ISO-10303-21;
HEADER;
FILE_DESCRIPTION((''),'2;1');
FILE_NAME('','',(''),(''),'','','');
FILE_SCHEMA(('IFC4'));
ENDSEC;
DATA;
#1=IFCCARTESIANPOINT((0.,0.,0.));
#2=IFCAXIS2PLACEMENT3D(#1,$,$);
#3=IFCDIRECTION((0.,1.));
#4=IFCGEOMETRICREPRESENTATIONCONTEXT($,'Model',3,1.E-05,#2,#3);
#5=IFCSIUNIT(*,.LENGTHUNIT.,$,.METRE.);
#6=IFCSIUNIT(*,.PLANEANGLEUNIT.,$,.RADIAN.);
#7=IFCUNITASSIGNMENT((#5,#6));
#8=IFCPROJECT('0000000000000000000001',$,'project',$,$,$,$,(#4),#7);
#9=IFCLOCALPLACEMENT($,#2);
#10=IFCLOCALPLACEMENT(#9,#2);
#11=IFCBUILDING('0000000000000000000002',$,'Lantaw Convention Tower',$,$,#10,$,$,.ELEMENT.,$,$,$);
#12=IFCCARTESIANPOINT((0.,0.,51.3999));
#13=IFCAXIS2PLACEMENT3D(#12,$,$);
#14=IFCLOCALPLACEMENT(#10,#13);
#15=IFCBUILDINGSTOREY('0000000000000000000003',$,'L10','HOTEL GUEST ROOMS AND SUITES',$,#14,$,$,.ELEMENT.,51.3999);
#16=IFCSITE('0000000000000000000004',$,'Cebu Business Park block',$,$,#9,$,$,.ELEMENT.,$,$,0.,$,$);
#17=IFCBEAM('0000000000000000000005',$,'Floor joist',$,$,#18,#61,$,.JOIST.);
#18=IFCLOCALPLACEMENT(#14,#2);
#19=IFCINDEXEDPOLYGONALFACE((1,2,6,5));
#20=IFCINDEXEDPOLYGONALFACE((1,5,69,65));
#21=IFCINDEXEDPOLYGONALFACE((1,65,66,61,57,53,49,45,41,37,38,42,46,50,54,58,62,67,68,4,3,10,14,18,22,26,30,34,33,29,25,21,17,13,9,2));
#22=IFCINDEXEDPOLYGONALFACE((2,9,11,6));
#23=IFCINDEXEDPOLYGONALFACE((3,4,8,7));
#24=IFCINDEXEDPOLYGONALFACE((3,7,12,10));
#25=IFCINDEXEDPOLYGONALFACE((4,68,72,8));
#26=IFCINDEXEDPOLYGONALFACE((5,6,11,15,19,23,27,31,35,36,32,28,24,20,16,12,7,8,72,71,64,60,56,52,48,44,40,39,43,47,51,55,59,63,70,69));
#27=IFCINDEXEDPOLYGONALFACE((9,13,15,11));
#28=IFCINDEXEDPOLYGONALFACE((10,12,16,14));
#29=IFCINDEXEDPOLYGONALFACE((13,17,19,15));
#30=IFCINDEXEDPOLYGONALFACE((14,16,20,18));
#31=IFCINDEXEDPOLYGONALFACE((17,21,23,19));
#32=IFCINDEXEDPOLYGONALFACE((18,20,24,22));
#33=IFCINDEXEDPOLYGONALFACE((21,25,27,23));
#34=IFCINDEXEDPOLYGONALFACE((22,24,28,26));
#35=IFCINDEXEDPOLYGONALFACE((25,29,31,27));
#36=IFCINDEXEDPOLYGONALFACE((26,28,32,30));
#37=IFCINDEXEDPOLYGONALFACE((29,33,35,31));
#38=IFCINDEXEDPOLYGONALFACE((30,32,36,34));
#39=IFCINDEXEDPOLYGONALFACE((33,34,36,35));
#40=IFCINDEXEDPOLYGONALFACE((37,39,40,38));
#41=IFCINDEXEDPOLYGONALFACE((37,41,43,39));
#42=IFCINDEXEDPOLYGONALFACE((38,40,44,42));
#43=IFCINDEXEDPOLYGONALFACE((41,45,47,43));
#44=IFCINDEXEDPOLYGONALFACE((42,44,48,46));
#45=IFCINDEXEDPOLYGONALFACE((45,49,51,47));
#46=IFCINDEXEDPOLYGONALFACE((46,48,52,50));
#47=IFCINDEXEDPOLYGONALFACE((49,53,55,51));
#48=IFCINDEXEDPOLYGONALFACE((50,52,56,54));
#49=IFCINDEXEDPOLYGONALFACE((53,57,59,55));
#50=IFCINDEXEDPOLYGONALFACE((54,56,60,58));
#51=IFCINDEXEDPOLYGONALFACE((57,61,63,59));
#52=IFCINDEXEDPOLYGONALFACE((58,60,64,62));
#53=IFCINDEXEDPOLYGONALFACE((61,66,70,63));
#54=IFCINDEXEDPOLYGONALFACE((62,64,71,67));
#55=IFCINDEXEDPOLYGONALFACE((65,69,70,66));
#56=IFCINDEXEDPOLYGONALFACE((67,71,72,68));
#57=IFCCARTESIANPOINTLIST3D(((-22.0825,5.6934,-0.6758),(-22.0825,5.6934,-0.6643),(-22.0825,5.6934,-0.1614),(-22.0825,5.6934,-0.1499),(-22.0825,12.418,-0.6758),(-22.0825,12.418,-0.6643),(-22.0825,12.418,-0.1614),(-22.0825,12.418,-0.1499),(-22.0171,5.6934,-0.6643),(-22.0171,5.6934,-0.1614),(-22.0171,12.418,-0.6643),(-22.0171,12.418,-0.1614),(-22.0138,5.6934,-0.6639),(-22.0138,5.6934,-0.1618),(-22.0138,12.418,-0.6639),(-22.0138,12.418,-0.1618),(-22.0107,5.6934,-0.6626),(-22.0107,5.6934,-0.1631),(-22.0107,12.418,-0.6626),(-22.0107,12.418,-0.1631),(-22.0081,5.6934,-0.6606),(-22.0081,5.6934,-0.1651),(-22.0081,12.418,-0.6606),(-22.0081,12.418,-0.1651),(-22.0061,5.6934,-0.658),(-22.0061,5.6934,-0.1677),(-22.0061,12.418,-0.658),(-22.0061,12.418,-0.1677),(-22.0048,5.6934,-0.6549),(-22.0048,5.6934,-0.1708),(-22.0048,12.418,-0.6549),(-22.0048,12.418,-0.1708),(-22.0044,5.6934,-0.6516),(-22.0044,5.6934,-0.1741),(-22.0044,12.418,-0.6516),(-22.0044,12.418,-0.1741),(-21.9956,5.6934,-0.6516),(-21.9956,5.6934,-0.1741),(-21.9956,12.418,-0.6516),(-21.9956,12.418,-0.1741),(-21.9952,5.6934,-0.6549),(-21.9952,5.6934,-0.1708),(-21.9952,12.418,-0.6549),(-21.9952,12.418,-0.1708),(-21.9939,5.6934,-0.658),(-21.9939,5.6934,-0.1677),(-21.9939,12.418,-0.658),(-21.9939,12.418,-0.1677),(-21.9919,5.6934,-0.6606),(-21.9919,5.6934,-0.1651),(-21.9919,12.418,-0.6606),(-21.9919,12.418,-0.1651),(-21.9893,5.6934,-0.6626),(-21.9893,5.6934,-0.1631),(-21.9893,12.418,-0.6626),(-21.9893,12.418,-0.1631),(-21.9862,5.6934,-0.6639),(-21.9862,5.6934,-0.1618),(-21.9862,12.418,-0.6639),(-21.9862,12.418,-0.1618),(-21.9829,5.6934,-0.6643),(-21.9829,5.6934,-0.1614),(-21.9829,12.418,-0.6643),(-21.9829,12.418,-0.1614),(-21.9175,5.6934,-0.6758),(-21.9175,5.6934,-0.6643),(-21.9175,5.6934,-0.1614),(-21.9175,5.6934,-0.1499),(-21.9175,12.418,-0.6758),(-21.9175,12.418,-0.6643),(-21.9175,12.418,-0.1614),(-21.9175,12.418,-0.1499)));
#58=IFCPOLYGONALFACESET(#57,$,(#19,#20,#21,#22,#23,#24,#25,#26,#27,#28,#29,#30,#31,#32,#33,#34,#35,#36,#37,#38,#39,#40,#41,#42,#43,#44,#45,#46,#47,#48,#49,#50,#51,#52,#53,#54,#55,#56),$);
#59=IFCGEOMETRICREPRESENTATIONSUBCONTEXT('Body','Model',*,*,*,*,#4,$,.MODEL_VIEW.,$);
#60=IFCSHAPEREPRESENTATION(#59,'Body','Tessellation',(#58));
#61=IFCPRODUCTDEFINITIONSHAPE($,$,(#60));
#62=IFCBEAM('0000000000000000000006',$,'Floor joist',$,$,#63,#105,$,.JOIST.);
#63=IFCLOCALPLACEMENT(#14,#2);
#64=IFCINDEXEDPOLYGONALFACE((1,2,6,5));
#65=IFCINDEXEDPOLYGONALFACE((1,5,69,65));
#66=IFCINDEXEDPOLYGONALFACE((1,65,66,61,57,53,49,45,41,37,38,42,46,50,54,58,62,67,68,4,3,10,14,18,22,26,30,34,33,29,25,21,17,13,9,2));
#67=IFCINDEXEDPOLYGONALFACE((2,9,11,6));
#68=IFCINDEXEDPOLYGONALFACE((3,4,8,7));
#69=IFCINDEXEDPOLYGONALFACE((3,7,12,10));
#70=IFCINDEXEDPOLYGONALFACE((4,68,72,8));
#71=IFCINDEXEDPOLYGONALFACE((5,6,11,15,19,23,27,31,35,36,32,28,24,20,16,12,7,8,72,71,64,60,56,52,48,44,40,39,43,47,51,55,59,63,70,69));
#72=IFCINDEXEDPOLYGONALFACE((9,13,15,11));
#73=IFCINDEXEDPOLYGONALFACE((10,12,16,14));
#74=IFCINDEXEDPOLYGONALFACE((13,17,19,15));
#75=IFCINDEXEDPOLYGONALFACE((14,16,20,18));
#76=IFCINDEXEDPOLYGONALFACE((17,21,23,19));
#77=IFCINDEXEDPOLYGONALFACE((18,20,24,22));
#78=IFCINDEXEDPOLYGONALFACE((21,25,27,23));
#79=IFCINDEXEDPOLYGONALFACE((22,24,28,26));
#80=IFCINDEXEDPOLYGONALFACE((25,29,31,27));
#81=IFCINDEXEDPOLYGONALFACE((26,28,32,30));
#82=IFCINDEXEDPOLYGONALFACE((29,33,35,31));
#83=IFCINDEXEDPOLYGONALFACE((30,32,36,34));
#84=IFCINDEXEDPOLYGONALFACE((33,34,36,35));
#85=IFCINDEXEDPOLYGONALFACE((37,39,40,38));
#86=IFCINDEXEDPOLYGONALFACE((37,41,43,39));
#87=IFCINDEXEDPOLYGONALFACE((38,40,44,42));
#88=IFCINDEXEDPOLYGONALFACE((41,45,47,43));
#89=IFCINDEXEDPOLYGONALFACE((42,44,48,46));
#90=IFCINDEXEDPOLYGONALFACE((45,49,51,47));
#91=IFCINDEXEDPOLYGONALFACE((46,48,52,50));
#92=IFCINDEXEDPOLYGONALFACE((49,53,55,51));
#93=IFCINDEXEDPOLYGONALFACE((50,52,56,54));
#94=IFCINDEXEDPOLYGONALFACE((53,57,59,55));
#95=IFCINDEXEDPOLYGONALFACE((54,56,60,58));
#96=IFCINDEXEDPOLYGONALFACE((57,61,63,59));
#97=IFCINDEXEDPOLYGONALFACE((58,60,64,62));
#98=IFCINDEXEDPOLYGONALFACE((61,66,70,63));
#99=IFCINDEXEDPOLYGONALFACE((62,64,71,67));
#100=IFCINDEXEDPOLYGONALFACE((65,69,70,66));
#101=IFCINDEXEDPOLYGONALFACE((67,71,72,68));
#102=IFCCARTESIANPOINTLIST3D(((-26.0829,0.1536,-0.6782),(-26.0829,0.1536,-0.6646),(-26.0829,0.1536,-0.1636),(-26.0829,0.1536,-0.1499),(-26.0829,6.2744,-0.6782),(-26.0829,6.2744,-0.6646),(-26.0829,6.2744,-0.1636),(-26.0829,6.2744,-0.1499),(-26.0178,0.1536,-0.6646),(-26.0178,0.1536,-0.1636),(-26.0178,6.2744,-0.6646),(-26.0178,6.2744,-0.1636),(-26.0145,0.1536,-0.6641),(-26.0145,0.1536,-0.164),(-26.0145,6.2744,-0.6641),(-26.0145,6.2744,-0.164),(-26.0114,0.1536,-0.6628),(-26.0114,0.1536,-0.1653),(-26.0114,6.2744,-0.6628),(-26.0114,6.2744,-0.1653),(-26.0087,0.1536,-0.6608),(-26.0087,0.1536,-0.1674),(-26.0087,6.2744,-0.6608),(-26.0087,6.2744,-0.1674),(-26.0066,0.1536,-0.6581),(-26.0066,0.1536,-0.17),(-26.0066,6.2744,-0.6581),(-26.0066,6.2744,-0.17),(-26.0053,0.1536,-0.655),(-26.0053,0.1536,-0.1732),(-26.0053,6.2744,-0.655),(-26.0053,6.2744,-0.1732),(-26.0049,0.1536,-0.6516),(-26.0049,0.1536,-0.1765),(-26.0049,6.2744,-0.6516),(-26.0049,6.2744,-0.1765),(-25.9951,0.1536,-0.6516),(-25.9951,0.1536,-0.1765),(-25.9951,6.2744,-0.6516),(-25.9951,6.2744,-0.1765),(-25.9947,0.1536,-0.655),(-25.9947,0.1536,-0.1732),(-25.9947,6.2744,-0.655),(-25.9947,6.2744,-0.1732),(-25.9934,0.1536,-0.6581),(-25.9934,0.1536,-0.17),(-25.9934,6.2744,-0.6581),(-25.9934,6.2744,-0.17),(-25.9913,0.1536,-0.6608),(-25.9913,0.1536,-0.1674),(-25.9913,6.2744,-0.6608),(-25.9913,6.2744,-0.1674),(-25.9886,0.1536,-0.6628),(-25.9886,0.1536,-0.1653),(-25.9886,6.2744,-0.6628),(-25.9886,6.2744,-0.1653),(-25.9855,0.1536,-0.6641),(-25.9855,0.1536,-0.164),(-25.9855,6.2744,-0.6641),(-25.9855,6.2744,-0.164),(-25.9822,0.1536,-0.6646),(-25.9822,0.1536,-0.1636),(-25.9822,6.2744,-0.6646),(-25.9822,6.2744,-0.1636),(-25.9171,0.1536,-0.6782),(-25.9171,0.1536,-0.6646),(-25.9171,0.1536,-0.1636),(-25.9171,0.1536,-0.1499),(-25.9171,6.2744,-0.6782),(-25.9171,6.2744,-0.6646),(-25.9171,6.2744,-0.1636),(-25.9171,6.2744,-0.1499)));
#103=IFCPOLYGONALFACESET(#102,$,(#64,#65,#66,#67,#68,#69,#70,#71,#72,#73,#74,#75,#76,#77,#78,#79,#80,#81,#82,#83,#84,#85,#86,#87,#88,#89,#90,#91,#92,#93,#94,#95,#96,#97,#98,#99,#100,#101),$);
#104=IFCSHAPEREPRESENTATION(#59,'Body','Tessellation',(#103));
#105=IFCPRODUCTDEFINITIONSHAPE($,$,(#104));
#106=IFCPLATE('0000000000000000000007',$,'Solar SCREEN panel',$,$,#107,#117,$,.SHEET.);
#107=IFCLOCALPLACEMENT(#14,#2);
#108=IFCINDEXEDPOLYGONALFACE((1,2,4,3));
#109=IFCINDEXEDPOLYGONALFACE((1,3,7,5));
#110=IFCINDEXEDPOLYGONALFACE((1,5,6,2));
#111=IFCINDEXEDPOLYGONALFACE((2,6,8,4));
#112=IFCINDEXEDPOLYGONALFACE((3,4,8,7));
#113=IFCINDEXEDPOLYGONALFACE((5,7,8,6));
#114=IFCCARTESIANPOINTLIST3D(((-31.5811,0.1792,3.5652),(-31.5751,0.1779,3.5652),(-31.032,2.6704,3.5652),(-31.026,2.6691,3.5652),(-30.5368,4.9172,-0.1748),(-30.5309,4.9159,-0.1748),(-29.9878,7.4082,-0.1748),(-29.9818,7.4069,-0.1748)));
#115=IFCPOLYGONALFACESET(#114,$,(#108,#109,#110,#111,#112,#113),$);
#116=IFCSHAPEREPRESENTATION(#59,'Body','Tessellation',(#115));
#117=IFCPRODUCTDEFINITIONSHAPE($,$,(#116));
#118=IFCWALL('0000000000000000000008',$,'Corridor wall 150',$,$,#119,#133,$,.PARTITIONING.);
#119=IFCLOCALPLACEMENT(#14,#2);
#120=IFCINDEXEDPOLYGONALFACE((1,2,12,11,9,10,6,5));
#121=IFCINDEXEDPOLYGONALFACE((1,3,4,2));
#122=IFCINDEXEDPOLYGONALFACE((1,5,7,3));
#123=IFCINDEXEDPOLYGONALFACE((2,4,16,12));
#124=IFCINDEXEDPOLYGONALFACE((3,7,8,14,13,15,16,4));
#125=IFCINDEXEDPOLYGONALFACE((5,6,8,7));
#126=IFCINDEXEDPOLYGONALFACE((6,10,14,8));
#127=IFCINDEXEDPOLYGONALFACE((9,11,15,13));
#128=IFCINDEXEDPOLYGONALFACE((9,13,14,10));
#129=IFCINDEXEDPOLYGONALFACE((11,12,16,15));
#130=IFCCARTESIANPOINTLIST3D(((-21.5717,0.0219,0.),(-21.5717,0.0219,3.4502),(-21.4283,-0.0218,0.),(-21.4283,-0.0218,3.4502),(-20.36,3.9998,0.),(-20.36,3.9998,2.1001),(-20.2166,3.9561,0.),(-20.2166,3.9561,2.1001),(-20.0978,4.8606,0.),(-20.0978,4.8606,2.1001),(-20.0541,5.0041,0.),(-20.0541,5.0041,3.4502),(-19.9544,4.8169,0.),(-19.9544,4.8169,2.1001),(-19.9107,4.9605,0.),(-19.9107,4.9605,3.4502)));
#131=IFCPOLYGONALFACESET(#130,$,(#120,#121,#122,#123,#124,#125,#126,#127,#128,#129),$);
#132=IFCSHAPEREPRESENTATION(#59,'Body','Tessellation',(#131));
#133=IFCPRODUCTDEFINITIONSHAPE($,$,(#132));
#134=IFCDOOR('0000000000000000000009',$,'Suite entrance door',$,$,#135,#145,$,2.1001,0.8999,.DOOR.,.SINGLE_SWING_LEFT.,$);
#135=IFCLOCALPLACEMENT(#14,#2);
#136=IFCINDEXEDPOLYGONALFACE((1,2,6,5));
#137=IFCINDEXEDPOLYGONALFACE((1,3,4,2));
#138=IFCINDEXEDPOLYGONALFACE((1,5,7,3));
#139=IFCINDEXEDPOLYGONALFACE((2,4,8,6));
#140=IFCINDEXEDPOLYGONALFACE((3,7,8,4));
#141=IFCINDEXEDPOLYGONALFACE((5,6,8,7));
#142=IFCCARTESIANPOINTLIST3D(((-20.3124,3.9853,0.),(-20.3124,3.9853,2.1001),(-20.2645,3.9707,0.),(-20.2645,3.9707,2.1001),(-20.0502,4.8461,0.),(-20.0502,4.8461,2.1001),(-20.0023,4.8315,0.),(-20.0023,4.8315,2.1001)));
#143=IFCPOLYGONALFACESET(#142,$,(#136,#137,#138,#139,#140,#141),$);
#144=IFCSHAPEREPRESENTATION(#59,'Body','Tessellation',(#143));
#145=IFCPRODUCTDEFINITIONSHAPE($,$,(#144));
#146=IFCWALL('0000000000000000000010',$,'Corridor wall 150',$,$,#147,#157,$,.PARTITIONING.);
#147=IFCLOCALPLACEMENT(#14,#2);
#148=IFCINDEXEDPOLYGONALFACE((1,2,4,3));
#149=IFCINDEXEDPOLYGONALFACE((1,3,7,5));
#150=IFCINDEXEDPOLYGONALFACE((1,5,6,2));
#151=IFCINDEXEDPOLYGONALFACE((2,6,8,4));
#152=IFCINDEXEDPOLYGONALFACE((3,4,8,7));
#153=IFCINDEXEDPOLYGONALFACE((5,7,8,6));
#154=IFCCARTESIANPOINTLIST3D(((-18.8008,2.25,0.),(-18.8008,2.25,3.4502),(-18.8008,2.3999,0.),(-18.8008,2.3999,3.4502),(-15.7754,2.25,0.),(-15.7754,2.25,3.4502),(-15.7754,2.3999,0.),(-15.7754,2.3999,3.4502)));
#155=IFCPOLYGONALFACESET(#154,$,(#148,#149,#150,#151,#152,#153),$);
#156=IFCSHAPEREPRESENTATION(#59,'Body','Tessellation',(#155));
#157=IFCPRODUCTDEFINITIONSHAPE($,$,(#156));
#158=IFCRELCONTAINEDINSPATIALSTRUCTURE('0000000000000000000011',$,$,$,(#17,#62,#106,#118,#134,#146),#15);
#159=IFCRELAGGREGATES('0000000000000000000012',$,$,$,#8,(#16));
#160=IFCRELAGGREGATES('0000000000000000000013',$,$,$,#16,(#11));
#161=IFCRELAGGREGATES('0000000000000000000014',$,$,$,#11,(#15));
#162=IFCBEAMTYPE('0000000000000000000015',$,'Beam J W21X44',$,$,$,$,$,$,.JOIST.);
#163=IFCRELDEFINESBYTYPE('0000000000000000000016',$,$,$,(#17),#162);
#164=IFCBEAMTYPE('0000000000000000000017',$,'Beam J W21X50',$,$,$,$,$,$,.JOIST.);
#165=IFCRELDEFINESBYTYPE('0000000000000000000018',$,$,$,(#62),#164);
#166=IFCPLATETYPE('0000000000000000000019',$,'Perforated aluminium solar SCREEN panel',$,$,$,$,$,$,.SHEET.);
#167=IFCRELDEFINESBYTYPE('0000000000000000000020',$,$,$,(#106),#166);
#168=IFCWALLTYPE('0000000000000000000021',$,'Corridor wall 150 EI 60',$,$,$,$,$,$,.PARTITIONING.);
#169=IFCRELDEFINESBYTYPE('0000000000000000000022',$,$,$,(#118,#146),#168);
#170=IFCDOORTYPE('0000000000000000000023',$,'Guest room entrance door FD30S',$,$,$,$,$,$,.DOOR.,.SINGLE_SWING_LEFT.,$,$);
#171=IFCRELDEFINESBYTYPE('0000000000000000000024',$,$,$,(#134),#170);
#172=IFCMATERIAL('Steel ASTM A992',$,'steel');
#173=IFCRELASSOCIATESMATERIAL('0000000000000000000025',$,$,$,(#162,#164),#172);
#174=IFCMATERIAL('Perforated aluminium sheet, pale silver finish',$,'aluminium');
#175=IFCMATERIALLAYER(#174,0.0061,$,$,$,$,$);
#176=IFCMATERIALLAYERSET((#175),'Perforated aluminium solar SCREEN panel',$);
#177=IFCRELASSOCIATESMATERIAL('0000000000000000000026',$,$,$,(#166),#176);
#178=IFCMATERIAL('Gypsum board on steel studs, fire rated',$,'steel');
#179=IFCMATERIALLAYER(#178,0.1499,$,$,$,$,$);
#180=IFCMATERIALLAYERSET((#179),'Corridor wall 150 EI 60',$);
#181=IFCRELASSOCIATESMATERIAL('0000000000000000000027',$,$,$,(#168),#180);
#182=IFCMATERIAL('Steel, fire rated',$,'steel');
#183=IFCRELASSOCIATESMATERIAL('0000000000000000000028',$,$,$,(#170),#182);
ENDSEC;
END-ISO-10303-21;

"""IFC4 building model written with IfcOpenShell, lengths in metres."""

from ifc_helpers import new_model, si_unit, direction, frame, frame_2d, origin, origin_2d, place, context, subcontext, project, spatial, polyline, rectangle, i_section, outline, extrude, material, layer, layer_set, material_profile, profile_set, type_object, element, fill, save


model = new_model("IFC4")

# Units and contexts
model_context = context("Model", 3, precision=1e-05, world=origin(), true_north=direction((0.0, 1.0)))
body_context = subcontext(model_context, "Body", "Model", "MODEL_VIEW")
ifc_project = project(units=[si_unit("LENGTHUNIT", "METRE"), si_unit("PLANEANGLEUNIT", "RADIAN")], contexts=[model_context])

# Site, building, storey
site_placement = place(None, origin())
site = spatial("IfcSite", under=ifc_project, at=site_placement, Name="Cebu Business Park block", CompositionType="ELEMENT", RefElevation=0.0)
building_placement = place(site_placement, origin())
building = spatial("IfcBuilding", under=site, at=building_placement, Name="Lantaw Convention Tower", CompositionType="ELEMENT")
storey_placement = place(building_placement, frame((0.0, 0.0, 51.3999)))
storey = spatial("IfcBuildingStorey", under=building, at=storey_placement, Name="L10", Description="HOTEL GUEST ROOMS AND SUITES", CompositionType="ELEMENT", Elevation=51.3999)

# Beams
ifc_material_1 = material(Name="Steel ASTM A992", Category="steel")
ifc_material_profile_1 = material_profile(ifc_material_1, i_section(OverallWidth=0.165, OverallDepth=0.5259, WebThickness=0.0088, FlangeThickness=0.0115, FilletRadius=0.0127, at=origin_2d()), Name="W21X44")
ifc_profile_set_1 = profile_set([ifc_material_profile_1], Name="Steel ASTM A992")
beam_type_1 = type_object("IfcBeamType", Name="Beam J W21X44", PredefinedType="JOIST", material=ifc_profile_set_1)
beam_1_placement = place(storey_placement, frame((-22.0, 5.6934, -0.4128), z_axis=(0.0, 1.0, 0.0), x_axis=(-1.0, 0.0, 0.0)))
element("IfcBeam", 1, at=beam_1_placement, inside=storey, type_object=beam_type_1, Name="Floor joist", PredefinedType="JOIST", context=body_context, shape_type="SweptSolid", body=[
    extrude(i_section(OverallWidth=0.165, OverallDepth=0.5259, WebThickness=0.0088, FlangeThickness=0.0115, FilletRadius=0.0127, at=origin_2d()), origin(), (0.0, 0.0, 1.0), 6.7246),
])
ifc_material_profile_2 = material_profile(ifc_material_1, i_section(OverallWidth=0.1658, OverallDepth=0.5283, WebThickness=0.0098, FlangeThickness=0.0137, FilletRadius=0.0129, at=origin_2d()), Name="W21X50")
ifc_profile_set_2 = profile_set([ifc_material_profile_2], Name="Steel ASTM A992")
beam_type_2 = type_object("IfcBeamType", Name="Beam J W21X50", PredefinedType="JOIST", material=ifc_profile_set_2)
beam_2_placement = place(storey_placement, frame((-26.0, 0.1536, -0.4141), z_axis=(0.0, 1.0, 0.0), x_axis=(-1.0, 0.0, 0.0)))
element("IfcBeam", 2, at=beam_2_placement, inside=storey, type_object=beam_type_2, Name="Floor joist", PredefinedType="JOIST", context=body_context, shape_type="SweptSolid", body=[
    extrude(i_section(OverallWidth=0.1658, OverallDepth=0.5283, WebThickness=0.0098, FlangeThickness=0.0137, FilletRadius=0.0129, at=origin_2d()), origin(), (0.0, 0.0, 1.0), 6.1208),
])

# Plate
ifc_material_2 = material(Name="Perforated aluminium sheet, pale silver finish", Category="aluminium")
ifc_layer_1 = layer(ifc_material_2, 0.0061)
ifc_layer_set_1 = layer_set([ifc_layer_1], Name="Perforated aluminium solar SCREEN panel")
plate_type = type_object("IfcPlateType", Name="Perforated aluminium solar SCREEN panel", PredefinedType="SHEET", material=ifc_layer_set_1)
plate_placement = place(storey_placement, frame((-29.9878, 7.4082, -0.1748), z_axis=(-0.976559, 0.215248, 0.00003), x_axis=(-0.215248, -0.976559, 0.0)))
element("IfcPlate", 3, at=plate_placement, inside=storey, type_object=plate_type, Name="Solar SCREEN panel", PredefinedType="SHEET", context=body_context, shape_type="SweptSolid", body=[
    extrude(outline(polyline([(0.0, 0.0), (2.5508, 0.0), (7.4025, 3.74), (4.8515, 3.74), (0.0, 0.0)])), origin(), (0.0, 0.0, -1.0), 0.0061),
])

# Wall, opening, door
ifc_material_3 = material(Name="Gypsum board on steel studs, fire rated", Category="steel")
ifc_layer_2 = layer(ifc_material_3, 0.1499)
ifc_layer_set_2 = layer_set([ifc_layer_2], Name="Corridor wall 150 EI 60")
wall_type_1 = type_object("IfcWallType", Name="Corridor wall 150 EI 60", PredefinedType="PARTITIONING", material=ifc_layer_set_2)
wall_1_placement = place(storey_placement, frame((-19.9824, 4.9822, 0.0), z_axis=(0.0, 0.0, 1.0), x_axis=(-0.291384, -0.956606, 0.0)))
wall_1 = element("IfcWall", 4, at=wall_1_placement, inside=storey, type_object=wall_type_1, Name="Corridor wall 150", PredefinedType="PARTITIONING", context=body_context, shape_type="SweptSolid", body=[
    extrude(rectangle(XDim=5.2083, YDim=0.1499, at=frame_2d((2.604, 0.0))), origin(), (0.0, 0.0, 1.0), 3.4502),
])
opening_1_placement = place(wall_1_placement, frame((0.1499, 0.0, 0.0)))
opening_1 = element("IfcOpeningElement", 5, at=opening_1_placement, cuts=wall_1, PredefinedType="OPENING", context=body_context, shape_type="SweptSolid", body=[
    extrude(rectangle(XDim=0.8999, YDim=2.1001, at=frame_2d((0.45, 1.05))), frame((0.0, 0.085, 0.0), z_axis=(0.0, -1.0, 0.0), x_axis=(1.0, 0.0, 0.0)), (0.0, 0.0, 1.0), 0.1699),
])
ifc_material_4 = material(Name="Steel, fire rated", Category="steel")
door_type_1 = type_object("IfcDoorType", Name="Guest room entrance door FD30S", OperationType="SINGLE_SWING_LEFT", PredefinedType="DOOR", material=ifc_material_4)
door_1_placement = place(opening_1_placement, origin())
door_1 = element("IfcDoor", 6, at=door_1_placement, inside=storey, type_object=door_type_1, Name="Suite entrance door", OperationType="SINGLE_SWING_LEFT", OverallHeight=2.1001, OverallWidth=0.8999, PredefinedType="DOOR", context=body_context, shape_type="SweptSolid", body=[
    extrude(rectangle(XDim=0.8999, YDim=2.1001, at=frame_2d((0.45, 1.05))), frame((0.0, 0.0249, 0.0), z_axis=(0.0, -1.0, 0.0), x_axis=(1.0, 0.0, 0.0)), (0.0, 0.0, 1.0), 0.05),
])
fill(opening_1, door_1)

# Wall
wall_2_placement = place(storey_placement, frame((-18.8008, 2.325, 0.0), z_axis=(0.0, 0.0, 1.0), x_axis=(1.0, 0.0, 0.0)))
element("IfcWall", 7, at=wall_2_placement, inside=storey, type_object=wall_type_1, Name="Corridor wall 150", PredefinedType="PARTITIONING", context=body_context, shape_type="SweptSolid", body=[
    extrude(rectangle(XDim=3.0254, YDim=0.1499, at=frame_2d((1.5127, 0.0))), origin(), (0.0, 0.0, 1.0), 3.4502),
])

save(model, "model.ifc")
